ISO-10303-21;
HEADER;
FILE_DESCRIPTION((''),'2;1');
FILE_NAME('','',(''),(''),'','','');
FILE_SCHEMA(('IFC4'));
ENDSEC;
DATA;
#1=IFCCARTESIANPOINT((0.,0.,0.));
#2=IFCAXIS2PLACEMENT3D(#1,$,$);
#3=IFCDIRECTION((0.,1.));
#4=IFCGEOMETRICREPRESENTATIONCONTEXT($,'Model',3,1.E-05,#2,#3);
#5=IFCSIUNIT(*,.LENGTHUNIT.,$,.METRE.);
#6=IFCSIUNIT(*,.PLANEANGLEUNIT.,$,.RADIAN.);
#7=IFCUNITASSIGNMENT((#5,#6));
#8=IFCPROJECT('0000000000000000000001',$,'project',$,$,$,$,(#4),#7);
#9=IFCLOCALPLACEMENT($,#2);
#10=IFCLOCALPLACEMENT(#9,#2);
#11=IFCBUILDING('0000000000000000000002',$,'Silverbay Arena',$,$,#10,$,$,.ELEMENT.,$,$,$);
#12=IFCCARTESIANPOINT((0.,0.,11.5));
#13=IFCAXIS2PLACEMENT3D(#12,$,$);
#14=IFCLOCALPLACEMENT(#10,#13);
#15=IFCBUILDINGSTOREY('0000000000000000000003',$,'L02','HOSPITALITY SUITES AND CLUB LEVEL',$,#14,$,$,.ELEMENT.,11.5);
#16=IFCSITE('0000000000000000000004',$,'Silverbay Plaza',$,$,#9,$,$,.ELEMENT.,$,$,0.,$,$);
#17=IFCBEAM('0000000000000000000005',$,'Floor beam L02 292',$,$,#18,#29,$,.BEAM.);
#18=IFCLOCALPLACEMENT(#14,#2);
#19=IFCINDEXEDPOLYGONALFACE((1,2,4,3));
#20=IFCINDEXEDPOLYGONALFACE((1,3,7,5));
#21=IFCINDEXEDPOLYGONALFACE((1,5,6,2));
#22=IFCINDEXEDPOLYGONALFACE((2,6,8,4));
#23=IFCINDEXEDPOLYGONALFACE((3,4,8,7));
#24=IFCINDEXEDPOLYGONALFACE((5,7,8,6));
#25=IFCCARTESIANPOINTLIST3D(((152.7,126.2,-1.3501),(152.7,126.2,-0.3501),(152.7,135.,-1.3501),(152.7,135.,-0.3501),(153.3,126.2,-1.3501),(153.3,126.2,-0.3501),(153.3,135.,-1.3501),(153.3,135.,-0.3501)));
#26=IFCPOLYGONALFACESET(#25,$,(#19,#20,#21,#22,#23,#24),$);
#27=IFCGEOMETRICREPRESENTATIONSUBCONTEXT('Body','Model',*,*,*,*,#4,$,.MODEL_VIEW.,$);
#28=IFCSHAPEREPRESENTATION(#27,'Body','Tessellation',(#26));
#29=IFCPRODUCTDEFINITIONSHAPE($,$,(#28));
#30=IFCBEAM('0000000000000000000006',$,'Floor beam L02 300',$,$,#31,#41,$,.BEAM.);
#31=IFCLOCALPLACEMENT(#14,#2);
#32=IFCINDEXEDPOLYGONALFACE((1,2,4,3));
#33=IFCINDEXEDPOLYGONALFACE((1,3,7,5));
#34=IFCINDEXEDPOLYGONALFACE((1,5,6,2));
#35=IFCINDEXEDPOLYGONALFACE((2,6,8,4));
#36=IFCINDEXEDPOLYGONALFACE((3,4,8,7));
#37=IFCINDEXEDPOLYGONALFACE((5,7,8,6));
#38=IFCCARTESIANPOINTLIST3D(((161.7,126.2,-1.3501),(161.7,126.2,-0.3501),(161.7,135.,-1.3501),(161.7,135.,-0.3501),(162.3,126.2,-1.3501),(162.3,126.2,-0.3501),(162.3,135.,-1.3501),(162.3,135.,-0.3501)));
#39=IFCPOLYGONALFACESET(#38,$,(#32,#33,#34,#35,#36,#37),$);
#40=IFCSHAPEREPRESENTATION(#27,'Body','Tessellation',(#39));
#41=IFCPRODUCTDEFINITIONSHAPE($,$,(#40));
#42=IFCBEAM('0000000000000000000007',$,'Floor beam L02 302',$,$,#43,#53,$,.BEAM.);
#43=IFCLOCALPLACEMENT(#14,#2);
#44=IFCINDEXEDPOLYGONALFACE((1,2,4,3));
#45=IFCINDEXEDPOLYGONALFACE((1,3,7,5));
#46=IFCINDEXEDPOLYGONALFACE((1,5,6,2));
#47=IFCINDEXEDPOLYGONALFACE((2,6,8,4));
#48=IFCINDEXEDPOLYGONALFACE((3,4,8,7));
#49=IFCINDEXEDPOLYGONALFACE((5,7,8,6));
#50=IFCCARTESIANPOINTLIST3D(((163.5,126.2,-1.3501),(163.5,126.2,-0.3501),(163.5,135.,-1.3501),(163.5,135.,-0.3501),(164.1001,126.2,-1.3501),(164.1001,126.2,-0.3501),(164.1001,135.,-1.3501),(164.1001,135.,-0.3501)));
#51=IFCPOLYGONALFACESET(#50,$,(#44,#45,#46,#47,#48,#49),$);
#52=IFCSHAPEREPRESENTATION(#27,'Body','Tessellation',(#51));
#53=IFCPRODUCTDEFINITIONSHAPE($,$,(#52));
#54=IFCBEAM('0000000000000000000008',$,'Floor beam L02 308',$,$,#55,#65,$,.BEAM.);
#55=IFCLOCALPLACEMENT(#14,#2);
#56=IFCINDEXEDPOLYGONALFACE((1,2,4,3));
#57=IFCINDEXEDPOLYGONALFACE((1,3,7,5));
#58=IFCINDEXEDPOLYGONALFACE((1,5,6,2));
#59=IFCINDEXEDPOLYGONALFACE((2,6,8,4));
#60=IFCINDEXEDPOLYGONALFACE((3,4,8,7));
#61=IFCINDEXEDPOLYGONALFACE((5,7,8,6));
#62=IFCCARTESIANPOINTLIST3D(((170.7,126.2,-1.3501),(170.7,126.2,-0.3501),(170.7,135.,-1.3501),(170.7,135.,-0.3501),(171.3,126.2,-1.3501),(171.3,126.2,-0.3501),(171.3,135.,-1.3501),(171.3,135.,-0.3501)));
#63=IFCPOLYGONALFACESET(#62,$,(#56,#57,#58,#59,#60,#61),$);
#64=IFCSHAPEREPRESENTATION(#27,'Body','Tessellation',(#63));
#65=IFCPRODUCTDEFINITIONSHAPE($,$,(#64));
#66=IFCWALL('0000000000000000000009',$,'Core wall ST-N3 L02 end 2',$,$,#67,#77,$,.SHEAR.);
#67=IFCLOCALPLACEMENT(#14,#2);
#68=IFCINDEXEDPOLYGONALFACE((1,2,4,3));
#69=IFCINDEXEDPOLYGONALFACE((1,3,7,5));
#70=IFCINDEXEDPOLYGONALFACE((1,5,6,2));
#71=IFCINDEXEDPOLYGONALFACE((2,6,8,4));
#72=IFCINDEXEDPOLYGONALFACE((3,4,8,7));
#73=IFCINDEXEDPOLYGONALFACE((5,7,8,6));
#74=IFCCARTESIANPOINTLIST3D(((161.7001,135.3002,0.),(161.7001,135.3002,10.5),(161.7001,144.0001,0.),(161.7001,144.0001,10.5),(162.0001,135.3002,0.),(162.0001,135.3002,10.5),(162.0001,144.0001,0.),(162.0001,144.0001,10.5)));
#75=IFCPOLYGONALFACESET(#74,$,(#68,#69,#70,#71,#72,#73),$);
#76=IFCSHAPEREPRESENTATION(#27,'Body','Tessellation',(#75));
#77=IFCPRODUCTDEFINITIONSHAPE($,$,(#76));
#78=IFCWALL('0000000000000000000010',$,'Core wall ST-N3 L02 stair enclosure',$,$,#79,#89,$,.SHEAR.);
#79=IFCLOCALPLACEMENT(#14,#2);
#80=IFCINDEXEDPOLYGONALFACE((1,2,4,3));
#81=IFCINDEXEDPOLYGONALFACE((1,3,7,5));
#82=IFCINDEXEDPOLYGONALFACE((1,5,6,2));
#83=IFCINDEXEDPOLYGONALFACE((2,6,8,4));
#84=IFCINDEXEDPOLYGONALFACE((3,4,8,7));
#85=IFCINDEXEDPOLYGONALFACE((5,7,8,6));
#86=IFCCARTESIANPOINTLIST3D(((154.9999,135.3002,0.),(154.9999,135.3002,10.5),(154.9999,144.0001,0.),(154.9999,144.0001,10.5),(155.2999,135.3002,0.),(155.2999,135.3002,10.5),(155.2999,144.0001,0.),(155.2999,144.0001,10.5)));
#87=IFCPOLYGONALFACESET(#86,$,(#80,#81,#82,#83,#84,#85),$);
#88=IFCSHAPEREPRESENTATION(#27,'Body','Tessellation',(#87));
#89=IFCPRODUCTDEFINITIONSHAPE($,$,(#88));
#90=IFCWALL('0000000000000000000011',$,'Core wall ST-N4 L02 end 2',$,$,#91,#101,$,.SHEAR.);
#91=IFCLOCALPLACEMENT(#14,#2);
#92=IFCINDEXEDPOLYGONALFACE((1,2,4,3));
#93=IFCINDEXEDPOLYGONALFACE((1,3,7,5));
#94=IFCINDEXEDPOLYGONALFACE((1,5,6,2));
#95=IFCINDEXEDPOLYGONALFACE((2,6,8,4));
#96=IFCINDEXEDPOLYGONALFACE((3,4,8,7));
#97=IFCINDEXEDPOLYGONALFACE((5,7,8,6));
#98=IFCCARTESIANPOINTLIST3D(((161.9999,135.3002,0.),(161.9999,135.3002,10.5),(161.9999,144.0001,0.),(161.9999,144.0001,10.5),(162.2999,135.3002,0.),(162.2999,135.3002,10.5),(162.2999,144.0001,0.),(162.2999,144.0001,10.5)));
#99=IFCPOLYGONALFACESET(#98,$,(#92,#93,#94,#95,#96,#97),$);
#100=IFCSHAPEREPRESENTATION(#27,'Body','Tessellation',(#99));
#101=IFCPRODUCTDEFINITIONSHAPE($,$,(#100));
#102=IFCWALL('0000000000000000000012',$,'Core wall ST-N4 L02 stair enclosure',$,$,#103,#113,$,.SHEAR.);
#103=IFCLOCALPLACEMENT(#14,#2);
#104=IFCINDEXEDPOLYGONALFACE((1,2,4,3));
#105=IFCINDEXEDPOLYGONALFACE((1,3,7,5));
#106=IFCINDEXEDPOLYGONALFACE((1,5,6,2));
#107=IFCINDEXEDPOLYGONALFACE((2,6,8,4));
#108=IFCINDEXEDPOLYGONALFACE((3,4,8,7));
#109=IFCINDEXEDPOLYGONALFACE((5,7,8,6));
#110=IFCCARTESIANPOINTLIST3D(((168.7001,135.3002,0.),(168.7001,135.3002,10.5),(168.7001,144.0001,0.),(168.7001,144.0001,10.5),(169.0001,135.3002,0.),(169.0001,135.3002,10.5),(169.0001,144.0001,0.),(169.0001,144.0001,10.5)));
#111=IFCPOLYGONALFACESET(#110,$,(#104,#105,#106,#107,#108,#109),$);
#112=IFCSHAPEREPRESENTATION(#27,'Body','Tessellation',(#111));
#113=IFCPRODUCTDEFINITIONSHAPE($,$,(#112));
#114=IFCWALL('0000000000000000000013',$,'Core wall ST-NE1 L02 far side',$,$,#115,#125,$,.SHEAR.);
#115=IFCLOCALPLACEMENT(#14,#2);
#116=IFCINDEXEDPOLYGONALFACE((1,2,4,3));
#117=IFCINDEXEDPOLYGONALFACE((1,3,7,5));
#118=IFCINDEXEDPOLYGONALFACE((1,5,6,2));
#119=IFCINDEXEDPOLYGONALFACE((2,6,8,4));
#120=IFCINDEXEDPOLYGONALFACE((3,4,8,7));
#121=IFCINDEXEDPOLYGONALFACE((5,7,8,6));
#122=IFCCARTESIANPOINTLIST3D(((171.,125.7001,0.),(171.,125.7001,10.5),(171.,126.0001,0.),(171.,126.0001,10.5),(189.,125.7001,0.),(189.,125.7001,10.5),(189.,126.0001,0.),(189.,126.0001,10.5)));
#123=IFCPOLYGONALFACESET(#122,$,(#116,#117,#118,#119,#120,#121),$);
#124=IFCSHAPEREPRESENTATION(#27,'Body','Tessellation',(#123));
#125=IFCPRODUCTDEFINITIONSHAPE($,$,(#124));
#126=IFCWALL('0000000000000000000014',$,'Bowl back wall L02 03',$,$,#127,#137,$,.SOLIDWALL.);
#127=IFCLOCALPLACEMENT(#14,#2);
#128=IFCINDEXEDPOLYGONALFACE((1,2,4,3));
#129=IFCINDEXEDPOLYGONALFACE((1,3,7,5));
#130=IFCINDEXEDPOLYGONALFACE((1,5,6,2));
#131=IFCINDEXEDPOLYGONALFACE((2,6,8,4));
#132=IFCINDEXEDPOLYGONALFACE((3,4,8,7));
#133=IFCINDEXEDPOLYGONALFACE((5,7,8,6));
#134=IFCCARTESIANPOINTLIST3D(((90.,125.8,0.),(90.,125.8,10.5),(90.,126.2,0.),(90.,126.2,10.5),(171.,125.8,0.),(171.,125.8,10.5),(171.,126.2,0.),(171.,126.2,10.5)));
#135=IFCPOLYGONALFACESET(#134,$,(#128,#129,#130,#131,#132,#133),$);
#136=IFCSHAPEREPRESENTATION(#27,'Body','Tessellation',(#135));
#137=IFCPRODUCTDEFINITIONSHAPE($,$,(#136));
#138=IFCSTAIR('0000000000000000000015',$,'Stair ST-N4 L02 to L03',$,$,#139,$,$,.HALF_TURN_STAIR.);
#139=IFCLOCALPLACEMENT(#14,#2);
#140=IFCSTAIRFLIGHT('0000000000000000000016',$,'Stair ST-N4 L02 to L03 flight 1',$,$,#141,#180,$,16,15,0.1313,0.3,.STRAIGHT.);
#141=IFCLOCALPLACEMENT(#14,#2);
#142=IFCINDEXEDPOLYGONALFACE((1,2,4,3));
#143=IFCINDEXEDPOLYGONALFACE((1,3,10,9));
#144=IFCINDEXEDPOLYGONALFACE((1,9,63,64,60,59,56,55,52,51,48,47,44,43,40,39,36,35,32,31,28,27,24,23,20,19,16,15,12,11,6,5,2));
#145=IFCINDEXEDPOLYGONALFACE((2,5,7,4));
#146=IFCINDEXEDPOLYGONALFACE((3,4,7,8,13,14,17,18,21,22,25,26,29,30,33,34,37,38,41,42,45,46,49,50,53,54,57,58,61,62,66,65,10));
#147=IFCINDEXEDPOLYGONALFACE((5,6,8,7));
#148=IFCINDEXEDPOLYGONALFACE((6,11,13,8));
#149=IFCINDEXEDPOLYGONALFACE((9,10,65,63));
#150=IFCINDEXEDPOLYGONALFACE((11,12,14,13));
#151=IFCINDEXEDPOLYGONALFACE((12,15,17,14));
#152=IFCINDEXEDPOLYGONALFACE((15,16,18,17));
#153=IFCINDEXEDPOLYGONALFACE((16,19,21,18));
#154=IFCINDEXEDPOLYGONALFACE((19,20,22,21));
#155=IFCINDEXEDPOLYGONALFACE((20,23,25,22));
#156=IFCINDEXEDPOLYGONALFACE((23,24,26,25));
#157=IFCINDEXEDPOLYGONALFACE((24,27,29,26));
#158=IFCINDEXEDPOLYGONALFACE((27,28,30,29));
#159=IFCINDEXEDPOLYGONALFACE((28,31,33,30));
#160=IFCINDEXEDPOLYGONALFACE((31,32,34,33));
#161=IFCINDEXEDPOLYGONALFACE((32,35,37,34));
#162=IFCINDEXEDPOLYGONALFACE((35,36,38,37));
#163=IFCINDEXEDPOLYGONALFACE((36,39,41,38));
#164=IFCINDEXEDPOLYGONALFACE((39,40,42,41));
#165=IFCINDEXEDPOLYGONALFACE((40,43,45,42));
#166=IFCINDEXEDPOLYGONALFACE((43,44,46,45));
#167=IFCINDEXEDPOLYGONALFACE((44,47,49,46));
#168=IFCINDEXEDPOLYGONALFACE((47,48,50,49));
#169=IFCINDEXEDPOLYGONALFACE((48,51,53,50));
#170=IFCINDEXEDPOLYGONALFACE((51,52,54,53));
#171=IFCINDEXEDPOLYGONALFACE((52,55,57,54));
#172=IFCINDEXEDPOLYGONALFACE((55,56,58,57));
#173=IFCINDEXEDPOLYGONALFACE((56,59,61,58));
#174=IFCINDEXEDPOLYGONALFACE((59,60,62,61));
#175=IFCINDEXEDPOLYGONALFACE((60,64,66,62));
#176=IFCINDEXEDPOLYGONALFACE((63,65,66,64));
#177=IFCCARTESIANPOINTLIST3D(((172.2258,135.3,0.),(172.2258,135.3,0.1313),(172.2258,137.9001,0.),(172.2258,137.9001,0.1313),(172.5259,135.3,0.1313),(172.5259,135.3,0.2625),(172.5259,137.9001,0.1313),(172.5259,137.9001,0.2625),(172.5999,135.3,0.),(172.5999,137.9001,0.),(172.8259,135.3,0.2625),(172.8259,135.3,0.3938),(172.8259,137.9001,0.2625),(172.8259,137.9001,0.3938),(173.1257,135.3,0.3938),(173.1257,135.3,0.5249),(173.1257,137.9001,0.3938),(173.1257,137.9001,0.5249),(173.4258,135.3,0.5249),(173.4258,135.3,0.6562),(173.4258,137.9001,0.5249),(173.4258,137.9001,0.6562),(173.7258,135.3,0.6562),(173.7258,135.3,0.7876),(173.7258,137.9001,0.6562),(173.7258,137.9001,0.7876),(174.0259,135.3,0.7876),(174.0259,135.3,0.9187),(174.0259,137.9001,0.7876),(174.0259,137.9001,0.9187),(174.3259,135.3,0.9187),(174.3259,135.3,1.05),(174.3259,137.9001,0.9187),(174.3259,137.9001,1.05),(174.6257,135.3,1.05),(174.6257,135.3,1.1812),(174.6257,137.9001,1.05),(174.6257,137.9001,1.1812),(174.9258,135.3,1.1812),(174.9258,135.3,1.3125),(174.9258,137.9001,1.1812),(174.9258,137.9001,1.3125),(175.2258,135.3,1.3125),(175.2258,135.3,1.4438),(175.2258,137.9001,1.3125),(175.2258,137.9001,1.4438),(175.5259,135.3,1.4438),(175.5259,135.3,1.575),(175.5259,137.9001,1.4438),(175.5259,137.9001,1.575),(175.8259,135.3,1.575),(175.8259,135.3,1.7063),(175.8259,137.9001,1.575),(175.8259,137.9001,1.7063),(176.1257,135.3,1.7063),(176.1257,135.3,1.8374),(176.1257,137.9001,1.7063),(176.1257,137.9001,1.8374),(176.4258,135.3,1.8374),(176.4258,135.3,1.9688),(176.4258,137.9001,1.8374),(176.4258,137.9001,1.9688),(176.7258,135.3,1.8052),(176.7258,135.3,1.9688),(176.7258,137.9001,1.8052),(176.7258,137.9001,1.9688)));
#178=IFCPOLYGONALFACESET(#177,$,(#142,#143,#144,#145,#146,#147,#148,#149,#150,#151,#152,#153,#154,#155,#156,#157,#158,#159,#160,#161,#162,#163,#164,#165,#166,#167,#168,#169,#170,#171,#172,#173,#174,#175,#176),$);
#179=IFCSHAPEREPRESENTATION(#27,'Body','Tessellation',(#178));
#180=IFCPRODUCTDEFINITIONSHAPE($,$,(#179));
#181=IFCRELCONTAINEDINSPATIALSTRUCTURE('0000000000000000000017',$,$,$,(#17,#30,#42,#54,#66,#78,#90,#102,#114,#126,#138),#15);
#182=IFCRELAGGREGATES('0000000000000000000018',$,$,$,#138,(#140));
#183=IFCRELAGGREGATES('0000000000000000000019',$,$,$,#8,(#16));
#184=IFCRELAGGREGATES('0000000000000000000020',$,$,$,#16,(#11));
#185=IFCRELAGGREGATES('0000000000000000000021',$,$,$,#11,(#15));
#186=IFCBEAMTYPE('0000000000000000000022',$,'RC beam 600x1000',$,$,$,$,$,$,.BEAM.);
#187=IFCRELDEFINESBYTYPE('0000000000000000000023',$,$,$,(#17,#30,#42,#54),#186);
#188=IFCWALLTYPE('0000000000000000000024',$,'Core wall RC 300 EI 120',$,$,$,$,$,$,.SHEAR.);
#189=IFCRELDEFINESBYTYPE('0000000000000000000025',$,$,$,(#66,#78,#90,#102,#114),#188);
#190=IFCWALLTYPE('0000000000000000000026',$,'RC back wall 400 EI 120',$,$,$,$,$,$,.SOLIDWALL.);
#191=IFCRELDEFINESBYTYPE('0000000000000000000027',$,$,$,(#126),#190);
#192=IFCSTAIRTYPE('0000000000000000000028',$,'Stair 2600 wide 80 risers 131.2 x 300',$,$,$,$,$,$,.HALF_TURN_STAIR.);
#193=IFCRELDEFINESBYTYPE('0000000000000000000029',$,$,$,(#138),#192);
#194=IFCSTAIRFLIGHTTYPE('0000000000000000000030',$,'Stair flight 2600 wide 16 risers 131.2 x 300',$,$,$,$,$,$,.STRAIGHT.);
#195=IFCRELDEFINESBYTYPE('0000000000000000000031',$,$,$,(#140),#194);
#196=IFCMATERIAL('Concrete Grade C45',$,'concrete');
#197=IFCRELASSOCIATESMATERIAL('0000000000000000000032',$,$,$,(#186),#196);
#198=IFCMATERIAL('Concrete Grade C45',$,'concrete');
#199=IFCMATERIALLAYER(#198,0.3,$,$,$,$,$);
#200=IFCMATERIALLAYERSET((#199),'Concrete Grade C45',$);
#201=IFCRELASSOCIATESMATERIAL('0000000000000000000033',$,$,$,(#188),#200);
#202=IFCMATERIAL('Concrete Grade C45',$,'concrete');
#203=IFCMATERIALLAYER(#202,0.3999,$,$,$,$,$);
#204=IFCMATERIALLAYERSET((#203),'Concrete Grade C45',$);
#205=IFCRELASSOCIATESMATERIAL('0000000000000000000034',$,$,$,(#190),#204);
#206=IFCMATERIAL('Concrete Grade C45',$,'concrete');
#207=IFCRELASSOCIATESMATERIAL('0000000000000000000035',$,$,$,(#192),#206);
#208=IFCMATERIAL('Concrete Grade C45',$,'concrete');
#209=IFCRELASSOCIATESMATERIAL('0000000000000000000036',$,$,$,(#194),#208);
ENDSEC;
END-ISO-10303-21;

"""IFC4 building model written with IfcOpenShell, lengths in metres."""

from ifc_helpers import new_model, si_unit, direction, frame, frame_2d, origin, origin_2d, place, context, subcontext, project, spatial, polyline, rectangle, outline, extrude, material, layer, layer_set, material_profile, profile_set, type_object, element, aggregate, save


model = new_model("IFC4")

# Units and contexts
model_context = context("Model", 3, precision=1e-05, world=origin(), true_north=direction((0.0, 1.0)))
body_context = subcontext(model_context, "Body", "Model", "MODEL_VIEW")
ifc_project = project(units=[si_unit("LENGTHUNIT", "METRE"), si_unit("PLANEANGLEUNIT", "RADIAN")], contexts=[model_context])

# Site, building, storey
site_placement = place(None, origin())
site = spatial("IfcSite", under=ifc_project, at=site_placement, Name="Silverbay Plaza", CompositionType="ELEMENT", RefElevation=0.0)
building_placement = place(site_placement, origin())
building = spatial("IfcBuilding", under=site, at=building_placement, Name="Silverbay Arena", CompositionType="ELEMENT")
storey_placement = place(building_placement, frame((0.0, 0.0, 11.5)))
storey = spatial("IfcBuildingStorey", under=building, at=storey_placement, Name="L02", Description="HOSPITALITY SUITES AND CLUB LEVEL", CompositionType="ELEMENT", Elevation=11.5)

# Beams
ifc_material_1 = material(Name="Concrete Grade C45", Category="concrete")
ifc_material_profile_1 = material_profile(ifc_material_1, rectangle(XDim=0.6001, YDim=1.0, at=origin_2d()), Name="RC 600x1000")
ifc_profile_set_1 = profile_set([ifc_material_profile_1], Name="Concrete Grade C45")
beam_type = type_object("IfcBeamType", Name="RC beam 600x1000", PredefinedType="BEAM", material=ifc_profile_set_1)
for number, where, z_axis, x_axis, name in (
    (1, (153.0, 126.2, -0.8501), (0.0, 1.0, 0.0), (-1.0, 0.0, 0.0), "Floor beam L02 292"),
    (2, (162.0, 126.2, -0.8501), (0.0, 1.0, 0.0), (-1.0, 0.0, 0.0), "Floor beam L02 300"),
    (3, (163.8, 126.2, -0.8501), (0.0, 1.0, 0.0), (-1.0, 0.0, 0.0), "Floor beam L02 302"),
    (4, (171.0, 126.2, -0.8501), (0.0, 1.0, 0.0), (-1.0, 0.0, 0.0), "Floor beam L02 308"),
):
    element("IfcBeam", number, at=place(storey_placement, frame(where, z_axis=z_axis, x_axis=x_axis)), inside=storey, type_object=beam_type, Name=name, PredefinedType="BEAM", context=body_context, shape_type="SweptSolid", body=[
        extrude(rectangle(XDim=0.6001, YDim=1.0, at=origin_2d()), origin(), (0.0, 0.0, 1.0), 8.8),
    ])

# Walls
ifc_material_2 = material(Name="Concrete Grade C45", Category="concrete")
ifc_layer_1 = layer(ifc_material_2, 0.3)
ifc_layer_set_1 = layer_set([ifc_layer_1], Name="Concrete Grade C45")
wall_type_1 = type_object("IfcWallType", Name="Core wall RC 300 EI 120", PredefinedType="SHEAR", material=ifc_layer_set_1)
for number, where, z_axis, x_axis, name in (
    (5, (161.8501, 135.3, 0.0), (0.0, 0.0, 1.0), (0.0, 1.0, 0.0), "Core wall ST-N3 L02 end 2"),
    (6, (155.1499, 135.3, 0.0), (0.0, 0.0, 1.0), (0.0, 1.0, 0.0), "Core wall ST-N3 L02 stair enclosure"),
    (7, (162.1499, 135.3, 0.0), (0.0, 0.0, 1.0), (0.0, 1.0, 0.0), "Core wall ST-N4 L02 end 2"),
    (8, (168.8501, 135.3, 0.0), (0.0, 0.0, 1.0), (0.0, 1.0, 0.0), "Core wall ST-N4 L02 stair enclosure"),
):
    element("IfcWall", number, at=place(storey_placement, frame(where, z_axis=z_axis, x_axis=x_axis)), inside=storey, type_object=wall_type_1, Name=name, PredefinedType="SHEAR", context=body_context, shape_type="SweptSolid", body=[
        extrude(rectangle(XDim=8.7, YDim=0.3, at=frame_2d((4.3501, 0.0))), origin(), (0.0, 0.0, 1.0), 10.5),
    ])
wall_1_placement = place(storey_placement, frame((171.0, 125.8501, 0.0), z_axis=(0.0, 0.0, 1.0), x_axis=(1.0, 0.0, 0.0)))
element("IfcWall", 9, at=wall_1_placement, inside=storey, type_object=wall_type_1, Name="Core wall ST-NE1 L02 far side", PredefinedType="SHEAR", context=body_context, shape_type="SweptSolid", body=[
    extrude(rectangle(XDim=18.0, YDim=0.3, at=frame_2d((9.0, 0.0))), origin(), (0.0, 0.0, 1.0), 10.5),
])
ifc_material_3 = material(Name="Concrete Grade C45", Category="concrete")
ifc_layer_2 = layer(ifc_material_3, 0.3999)
ifc_layer_set_2 = layer_set([ifc_layer_2], Name="Concrete Grade C45")
wall_type_2 = type_object("IfcWallType", Name="RC back wall 400 EI 120", PredefinedType="SOLIDWALL", material=ifc_layer_set_2)
wall_2_placement = place(storey_placement, frame((171.0, 126.0, 0.0), z_axis=(0.0, 0.0, 1.0), x_axis=(-1.0, 0.0, 0.0)))
element("IfcWall", 10, at=wall_2_placement, inside=storey, type_object=wall_type_2, Name="Bowl back wall L02 03", PredefinedType="SOLIDWALL", context=body_context, shape_type="SweptSolid", body=[
    extrude(rectangle(XDim=81.0, YDim=0.3999, at=frame_2d((40.5, 0.0))), origin(), (0.0, 0.0, 1.0), 10.5),
])

# Stair, stair flight
ifc_material_4 = material(Name="Concrete Grade C45", Category="concrete")
stair_type = type_object("IfcStairType", Name="Stair 2600 wide 80 risers 131.2 x 300", PredefinedType="HALF_TURN_STAIR", material=ifc_material_4)
stair_placement = place(storey_placement, origin())
stair = element("IfcStair", 11, at=stair_placement, inside=storey, type_object=stair_type, Name="Stair ST-N4 L02 to L03", PredefinedType="HALF_TURN_STAIR")
ifc_material_5 = material(Name="Concrete Grade C45", Category="concrete")
stair_flight_type = type_object("IfcStairFlightType", Name="Stair flight 2600 wide 16 risers 131.2 x 300", PredefinedType="STRAIGHT", material=ifc_material_5)
stair_flight_placement = place(storey_placement, frame((172.2258, 136.6001, 0.0), z_axis=(0.0, 0.0, 1.0), x_axis=(1.0, 0.0, 0.0)))
stair_flight = element("IfcStairFlight", 12, at=stair_flight_placement, type_object=stair_flight_type, Name="Stair ST-N4 L02 to L03 flight 1", NumberOfRisers=16, NumberOfTreads=15, PredefinedType="STRAIGHT", RiserHeight=0.1313, TreadLength=0.3, context=body_context, shape_type="SweptSolid", body=[
    extrude(outline(polyline([(0.0, 0.0), (0.0, 0.1313), (0.3, 0.1313), (0.3, 0.2625), (0.6001, 0.2625), (0.6001, 0.3938), (0.8999, 0.3938), (0.8999, 0.5249), (1.2, 0.5249), (1.2, 0.6562), (1.5, 0.6562), (1.5, 0.7876), (1.8, 0.7876), (1.8, 0.9187), (2.1001, 0.9187), (2.1001, 1.05), (2.3999, 1.05), (2.3999, 1.1812), (2.7, 1.1812), (2.7, 1.3125), (3.0, 1.3125), (3.0, 1.4438), (3.3, 1.4438), (3.3, 1.575), (3.6001, 1.575), (3.6001, 1.7063), (3.8999, 1.7063), (3.8999, 1.8374), (4.2, 1.8374), (4.2, 1.9688), (4.5, 1.9688), (4.5, 1.8052), (0.374, 0.0), (0.0, 0.0)])), frame((0.0, 1.3, 0.0), z_axis=(0.0, -1.0, 0.0), x_axis=(1.0, 0.0, 0.0)), (0.0, 0.0, 1.0), 2.6001),
])
aggregate(stair, [stair_flight])

save(model, "model.ifc")
